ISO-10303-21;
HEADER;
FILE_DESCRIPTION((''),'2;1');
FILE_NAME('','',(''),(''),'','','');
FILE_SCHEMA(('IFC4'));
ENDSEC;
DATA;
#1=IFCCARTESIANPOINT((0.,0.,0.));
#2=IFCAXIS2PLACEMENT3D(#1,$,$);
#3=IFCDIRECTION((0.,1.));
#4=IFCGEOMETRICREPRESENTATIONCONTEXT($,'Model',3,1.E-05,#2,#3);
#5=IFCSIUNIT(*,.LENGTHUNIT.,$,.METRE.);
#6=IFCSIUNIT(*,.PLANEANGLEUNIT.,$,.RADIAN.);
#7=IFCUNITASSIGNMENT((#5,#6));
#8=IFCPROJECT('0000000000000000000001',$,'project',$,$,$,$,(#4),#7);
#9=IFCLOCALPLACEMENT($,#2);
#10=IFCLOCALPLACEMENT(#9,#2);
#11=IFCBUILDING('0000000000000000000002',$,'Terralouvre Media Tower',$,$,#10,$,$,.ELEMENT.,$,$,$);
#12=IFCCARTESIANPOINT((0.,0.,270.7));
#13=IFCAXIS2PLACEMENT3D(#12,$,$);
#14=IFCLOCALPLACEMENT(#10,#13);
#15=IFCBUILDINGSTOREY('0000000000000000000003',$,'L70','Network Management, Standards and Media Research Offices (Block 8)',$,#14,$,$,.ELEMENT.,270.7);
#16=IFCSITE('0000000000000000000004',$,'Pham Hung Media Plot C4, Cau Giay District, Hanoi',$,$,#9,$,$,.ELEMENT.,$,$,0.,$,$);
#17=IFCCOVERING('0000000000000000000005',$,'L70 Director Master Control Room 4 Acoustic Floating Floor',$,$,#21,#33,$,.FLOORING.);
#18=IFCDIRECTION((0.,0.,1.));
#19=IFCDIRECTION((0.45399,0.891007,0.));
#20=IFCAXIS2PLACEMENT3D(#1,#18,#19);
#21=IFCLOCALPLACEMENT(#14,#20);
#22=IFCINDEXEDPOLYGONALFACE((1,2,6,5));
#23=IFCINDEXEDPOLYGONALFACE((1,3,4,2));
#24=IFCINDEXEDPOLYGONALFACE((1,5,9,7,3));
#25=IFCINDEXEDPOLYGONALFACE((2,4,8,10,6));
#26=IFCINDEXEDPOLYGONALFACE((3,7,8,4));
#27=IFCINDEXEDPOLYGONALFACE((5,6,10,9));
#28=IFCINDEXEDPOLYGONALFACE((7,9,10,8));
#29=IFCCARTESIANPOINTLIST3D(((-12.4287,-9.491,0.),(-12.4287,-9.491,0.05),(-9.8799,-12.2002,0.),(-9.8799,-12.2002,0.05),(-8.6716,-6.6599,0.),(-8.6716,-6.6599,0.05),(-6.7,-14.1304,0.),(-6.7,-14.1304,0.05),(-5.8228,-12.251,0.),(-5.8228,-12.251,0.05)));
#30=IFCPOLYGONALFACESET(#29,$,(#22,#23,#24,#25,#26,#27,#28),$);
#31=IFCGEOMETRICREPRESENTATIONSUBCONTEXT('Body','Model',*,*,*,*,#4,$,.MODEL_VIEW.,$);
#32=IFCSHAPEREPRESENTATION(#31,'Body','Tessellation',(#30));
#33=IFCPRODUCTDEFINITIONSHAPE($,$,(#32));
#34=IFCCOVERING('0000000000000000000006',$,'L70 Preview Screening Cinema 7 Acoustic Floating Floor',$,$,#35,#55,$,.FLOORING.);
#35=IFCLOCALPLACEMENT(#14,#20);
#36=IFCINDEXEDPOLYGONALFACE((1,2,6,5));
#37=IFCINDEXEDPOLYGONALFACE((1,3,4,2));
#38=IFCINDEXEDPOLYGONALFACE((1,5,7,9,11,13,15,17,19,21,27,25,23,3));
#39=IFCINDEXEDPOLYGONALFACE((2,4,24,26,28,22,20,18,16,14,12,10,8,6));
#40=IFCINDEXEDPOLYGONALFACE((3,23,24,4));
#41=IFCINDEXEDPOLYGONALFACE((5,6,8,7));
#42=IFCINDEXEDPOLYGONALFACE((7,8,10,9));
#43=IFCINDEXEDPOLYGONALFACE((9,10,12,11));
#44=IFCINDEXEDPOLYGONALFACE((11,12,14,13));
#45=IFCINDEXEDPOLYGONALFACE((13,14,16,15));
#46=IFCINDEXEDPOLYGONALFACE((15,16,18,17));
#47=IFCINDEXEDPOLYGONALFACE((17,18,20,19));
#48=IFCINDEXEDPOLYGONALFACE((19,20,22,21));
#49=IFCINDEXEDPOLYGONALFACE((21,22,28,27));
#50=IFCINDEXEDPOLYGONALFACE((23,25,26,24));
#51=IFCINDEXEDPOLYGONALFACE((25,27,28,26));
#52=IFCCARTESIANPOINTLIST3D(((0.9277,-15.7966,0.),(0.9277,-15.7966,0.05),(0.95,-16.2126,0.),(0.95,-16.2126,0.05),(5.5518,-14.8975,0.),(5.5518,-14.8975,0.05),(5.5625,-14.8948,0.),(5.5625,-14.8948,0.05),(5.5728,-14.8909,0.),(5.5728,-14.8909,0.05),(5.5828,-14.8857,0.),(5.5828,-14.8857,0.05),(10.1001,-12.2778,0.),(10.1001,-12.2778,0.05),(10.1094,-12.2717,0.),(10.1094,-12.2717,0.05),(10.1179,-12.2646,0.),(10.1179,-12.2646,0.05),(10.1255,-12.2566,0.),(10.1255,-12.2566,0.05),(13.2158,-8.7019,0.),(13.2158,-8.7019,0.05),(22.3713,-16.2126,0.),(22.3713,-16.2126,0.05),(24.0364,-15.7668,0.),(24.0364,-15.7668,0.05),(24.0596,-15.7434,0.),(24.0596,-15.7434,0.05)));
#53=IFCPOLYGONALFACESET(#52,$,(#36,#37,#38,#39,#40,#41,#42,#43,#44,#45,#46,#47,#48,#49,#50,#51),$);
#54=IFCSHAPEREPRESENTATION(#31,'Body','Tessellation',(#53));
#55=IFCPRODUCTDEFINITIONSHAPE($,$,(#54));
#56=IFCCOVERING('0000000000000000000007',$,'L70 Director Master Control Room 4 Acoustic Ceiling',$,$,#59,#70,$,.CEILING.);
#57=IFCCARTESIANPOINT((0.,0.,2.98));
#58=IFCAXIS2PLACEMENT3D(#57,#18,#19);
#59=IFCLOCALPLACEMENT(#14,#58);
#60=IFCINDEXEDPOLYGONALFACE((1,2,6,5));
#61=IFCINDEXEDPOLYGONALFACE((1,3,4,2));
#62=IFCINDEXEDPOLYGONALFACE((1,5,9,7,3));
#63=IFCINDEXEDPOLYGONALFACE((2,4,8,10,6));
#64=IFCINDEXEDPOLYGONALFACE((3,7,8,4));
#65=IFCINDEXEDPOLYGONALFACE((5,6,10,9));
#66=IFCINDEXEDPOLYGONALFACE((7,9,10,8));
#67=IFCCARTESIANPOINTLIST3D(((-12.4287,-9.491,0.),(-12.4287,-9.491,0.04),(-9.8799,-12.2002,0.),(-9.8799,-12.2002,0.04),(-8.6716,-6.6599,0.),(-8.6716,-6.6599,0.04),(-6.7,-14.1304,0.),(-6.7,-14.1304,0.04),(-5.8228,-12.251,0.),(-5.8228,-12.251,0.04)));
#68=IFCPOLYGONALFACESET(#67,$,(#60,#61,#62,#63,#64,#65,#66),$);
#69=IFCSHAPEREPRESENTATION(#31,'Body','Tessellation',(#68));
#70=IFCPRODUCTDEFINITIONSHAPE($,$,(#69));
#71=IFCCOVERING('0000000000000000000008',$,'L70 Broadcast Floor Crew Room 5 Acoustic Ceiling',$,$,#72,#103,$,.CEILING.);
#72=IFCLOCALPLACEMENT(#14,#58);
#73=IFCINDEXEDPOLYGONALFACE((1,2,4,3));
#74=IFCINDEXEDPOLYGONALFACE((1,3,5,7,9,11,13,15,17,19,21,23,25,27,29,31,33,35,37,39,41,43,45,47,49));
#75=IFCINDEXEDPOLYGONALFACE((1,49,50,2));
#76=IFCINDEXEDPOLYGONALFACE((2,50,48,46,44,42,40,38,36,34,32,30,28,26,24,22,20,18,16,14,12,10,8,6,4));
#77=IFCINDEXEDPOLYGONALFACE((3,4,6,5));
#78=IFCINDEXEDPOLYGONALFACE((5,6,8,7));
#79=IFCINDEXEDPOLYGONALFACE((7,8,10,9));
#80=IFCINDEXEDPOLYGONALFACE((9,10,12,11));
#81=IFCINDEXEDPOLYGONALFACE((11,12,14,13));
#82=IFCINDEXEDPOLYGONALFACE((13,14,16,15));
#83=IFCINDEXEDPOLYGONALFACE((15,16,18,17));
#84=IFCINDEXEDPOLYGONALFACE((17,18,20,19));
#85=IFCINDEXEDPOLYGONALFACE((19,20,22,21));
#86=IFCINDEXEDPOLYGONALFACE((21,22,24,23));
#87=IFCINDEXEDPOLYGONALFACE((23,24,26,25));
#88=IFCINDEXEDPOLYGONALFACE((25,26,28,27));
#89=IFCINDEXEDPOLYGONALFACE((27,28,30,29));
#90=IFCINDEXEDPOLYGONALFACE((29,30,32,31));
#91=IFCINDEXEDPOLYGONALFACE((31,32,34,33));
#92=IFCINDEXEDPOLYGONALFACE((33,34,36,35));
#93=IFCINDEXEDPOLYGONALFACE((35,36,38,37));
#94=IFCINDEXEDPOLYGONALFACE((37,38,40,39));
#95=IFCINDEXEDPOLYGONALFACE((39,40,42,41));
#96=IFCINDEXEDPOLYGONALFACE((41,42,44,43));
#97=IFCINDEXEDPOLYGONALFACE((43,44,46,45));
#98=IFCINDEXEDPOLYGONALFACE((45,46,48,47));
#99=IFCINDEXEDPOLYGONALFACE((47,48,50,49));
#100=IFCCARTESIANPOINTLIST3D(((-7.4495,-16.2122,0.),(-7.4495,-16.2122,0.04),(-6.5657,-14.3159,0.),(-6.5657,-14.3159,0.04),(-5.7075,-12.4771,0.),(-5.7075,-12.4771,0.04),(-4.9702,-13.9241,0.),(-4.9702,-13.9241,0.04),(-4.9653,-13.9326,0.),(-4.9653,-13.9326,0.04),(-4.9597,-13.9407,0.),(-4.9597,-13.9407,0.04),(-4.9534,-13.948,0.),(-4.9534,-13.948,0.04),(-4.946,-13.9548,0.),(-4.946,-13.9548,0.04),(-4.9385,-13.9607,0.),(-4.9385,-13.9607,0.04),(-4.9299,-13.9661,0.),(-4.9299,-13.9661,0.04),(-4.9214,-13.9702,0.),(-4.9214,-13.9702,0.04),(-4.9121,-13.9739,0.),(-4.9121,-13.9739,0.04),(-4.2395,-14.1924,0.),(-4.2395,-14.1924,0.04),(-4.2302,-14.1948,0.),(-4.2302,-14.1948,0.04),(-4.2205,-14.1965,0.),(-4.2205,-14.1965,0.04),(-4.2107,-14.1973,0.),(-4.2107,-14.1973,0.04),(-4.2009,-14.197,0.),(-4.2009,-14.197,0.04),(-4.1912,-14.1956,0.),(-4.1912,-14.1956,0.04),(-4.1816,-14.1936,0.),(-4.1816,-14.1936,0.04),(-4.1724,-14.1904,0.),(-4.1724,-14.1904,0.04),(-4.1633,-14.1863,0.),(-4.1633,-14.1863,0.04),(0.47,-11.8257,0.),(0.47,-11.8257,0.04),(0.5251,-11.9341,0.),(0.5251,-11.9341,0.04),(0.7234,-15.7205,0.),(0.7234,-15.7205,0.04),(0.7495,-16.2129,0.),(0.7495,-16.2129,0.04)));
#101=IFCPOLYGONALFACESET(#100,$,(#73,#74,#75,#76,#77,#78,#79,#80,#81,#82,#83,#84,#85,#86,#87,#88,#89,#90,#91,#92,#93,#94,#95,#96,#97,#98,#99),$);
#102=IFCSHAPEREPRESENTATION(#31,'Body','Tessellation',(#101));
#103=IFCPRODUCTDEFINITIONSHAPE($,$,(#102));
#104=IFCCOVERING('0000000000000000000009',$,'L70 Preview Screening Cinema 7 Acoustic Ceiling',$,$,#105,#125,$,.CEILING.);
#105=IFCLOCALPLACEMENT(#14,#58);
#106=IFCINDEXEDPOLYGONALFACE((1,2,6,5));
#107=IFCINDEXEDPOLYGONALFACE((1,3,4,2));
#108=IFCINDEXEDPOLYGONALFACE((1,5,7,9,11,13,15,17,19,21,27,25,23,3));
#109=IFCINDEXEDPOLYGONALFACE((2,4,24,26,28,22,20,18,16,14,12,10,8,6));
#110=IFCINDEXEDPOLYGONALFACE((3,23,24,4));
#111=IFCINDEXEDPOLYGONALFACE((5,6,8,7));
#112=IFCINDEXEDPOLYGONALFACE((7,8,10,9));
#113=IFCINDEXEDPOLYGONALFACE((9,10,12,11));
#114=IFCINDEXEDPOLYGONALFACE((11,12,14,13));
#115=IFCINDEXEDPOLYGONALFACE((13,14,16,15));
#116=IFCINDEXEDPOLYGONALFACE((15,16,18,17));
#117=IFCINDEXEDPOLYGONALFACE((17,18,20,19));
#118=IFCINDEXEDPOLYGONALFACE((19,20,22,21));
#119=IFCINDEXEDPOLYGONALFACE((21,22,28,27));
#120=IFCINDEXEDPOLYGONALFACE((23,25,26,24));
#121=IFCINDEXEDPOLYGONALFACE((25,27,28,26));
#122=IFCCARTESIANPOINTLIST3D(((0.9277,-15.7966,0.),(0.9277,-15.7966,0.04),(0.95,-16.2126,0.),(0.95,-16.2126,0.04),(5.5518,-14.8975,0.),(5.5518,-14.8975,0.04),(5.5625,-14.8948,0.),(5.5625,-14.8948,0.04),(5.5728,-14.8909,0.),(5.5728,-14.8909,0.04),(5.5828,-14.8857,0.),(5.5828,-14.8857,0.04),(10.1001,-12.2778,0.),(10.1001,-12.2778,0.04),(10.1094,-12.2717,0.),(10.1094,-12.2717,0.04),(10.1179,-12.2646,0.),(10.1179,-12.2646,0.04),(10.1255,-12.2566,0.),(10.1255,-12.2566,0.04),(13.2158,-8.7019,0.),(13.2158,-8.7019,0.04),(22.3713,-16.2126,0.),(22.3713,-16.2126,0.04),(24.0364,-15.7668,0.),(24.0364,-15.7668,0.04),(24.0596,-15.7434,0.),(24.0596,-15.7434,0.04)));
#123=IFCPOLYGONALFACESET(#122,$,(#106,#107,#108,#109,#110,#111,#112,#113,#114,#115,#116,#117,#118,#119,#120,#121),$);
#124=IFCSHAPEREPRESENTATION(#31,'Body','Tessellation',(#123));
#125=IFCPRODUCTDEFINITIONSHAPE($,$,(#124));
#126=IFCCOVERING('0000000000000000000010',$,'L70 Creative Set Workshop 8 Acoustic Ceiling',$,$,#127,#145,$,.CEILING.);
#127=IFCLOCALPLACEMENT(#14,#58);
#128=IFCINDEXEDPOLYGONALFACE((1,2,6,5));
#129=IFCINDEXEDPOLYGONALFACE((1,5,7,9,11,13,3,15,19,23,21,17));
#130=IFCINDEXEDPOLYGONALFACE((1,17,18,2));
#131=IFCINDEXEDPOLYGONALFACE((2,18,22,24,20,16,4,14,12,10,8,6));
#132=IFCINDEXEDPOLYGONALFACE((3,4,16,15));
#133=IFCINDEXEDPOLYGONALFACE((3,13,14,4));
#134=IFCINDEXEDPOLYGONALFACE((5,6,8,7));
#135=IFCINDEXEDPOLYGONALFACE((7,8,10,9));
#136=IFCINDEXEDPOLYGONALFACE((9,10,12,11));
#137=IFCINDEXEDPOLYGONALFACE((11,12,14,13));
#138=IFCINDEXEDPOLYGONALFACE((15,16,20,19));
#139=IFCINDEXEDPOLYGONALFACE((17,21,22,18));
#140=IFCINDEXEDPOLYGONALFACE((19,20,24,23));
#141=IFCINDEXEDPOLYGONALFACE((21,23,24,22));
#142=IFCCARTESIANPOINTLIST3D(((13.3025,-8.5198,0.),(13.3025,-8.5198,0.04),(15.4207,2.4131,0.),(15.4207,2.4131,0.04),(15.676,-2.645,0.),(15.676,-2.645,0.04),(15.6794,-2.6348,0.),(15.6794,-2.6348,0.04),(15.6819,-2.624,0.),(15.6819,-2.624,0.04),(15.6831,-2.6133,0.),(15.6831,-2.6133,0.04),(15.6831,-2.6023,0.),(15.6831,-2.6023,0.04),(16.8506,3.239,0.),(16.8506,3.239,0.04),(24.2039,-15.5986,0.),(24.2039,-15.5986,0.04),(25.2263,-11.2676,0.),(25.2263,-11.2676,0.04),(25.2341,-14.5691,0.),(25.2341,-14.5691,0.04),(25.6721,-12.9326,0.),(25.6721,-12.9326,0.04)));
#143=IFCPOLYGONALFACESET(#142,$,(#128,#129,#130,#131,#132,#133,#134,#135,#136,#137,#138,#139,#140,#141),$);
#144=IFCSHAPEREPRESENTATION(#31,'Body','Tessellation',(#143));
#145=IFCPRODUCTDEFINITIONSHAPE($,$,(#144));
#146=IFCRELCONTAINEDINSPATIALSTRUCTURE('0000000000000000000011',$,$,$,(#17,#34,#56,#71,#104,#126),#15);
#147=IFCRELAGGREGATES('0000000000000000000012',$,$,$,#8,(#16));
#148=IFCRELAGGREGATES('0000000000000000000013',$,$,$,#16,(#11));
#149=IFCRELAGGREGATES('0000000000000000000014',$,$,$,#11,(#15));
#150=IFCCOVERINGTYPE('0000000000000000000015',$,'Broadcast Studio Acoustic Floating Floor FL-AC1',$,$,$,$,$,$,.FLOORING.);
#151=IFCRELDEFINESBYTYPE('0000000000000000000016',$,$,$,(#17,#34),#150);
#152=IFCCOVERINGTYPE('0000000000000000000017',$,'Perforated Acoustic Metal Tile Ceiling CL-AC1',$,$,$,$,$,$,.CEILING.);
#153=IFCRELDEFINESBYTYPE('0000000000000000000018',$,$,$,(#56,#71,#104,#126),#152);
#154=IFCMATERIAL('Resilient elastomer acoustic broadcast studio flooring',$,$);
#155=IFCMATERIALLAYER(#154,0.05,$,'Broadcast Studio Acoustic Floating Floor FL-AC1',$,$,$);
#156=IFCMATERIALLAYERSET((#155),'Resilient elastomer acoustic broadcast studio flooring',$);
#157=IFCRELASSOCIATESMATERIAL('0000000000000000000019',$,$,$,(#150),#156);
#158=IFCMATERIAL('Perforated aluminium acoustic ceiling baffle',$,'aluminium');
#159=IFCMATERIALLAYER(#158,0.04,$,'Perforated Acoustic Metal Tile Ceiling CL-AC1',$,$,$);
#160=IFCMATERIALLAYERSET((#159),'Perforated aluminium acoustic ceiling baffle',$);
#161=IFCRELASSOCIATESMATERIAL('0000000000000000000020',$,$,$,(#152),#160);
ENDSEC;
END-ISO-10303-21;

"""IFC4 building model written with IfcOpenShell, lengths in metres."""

from ifc_helpers import new_model, si_unit, direction, frame, origin, place, context, subcontext, project, spatial, polyline, outline, extrude, material, layer, layer_set, type_object, element, save


model = new_model("IFC4")

# Units and contexts
model_context = context("Model", 3, precision=1e-05, world=origin(), true_north=direction((0.0, 1.0)))
body_context = subcontext(model_context, "Body", "Model", "MODEL_VIEW")
ifc_project = project(units=[si_unit("LENGTHUNIT", "METRE"), si_unit("PLANEANGLEUNIT", "RADIAN")], contexts=[model_context])

# Site, building, storey
site_placement = place(None, origin())
site = spatial("IfcSite", under=ifc_project, at=site_placement, Name="Pham Hung Media Plot C4, Cau Giay District, Hanoi", CompositionType="ELEMENT", RefElevation=0.0)
building_placement = place(site_placement, origin())
building = spatial("IfcBuilding", under=site, at=building_placement, Name="Terralouvre Media Tower", CompositionType="ELEMENT")
storey_placement = place(building_placement, frame((0.0, 0.0, 270.7)))
storey = spatial("IfcBuildingStorey", under=building, at=storey_placement, Name="L70", Description="Network Management, Standards and Media Research Offices (Block 8)", CompositionType="ELEMENT", Elevation=270.7)

# Coverings
ifc_material_1 = material(Name="Resilient elastomer acoustic broadcast studio flooring")
ifc_layer_1 = layer(ifc_material_1, 0.05, Name="Broadcast Studio Acoustic Floating Floor FL-AC1")
ifc_layer_set_1 = layer_set([ifc_layer_1], Name="Resilient elastomer acoustic broadcast studio flooring")
covering_type_1 = type_object("IfcCoveringType", Name="Broadcast Studio Acoustic Floating Floor FL-AC1", PredefinedType="FLOORING", material=ifc_layer_set_1)
covering_1_placement = place(storey_placement, frame((0.0, 0.0, 0.0), z_axis=(0.0, 0.0, 1.0), x_axis=(0.45399, 0.891007, 0.0)))
element("IfcCovering", 1, at=covering_1_placement, inside=storey, type_object=covering_type_1, Name="L70 Director Master Control Room 4 Acoustic Floating Floor", PredefinedType="FLOORING", context=body_context, shape_type="SweptSolid", body=[
    extrude(outline(polyline([(-9.8799, -12.2002), (-6.7, -14.1304), (-5.8228, -12.251), (-8.6716, -6.6599), (-12.4287, -9.491), (-9.8799, -12.2002)])), origin(), (0.0, 0.0, 1.0), 0.05),
])
covering_2_placement = place(storey_placement, frame((0.0, 0.0, 0.0), z_axis=(0.0, 0.0, 1.0), x_axis=(0.45399, 0.891007, 0.0)))
element("IfcCovering", 2, at=covering_2_placement, inside=storey, type_object=covering_type_1, Name="L70 Preview Screening Cinema 7 Acoustic Floating Floor", PredefinedType="FLOORING", context=body_context, shape_type="SweptSolid", body=[
    extrude(outline(polyline([(10.1255, -12.2566), (10.1179, -12.2646), (10.1094, -12.2717), (10.1001, -12.2778), (5.5828, -14.8857), (5.5728, -14.8909), (5.5625, -14.8948), (5.5518, -14.8975), (0.9277, -15.7966), (0.95, -16.2126), (22.3713, -16.2126), (24.0364, -15.7668), (24.0596, -15.7434), (13.2158, -8.7019), (10.1255, -12.2566)])), origin(), (0.0, 0.0, 1.0), 0.05),
])
ifc_material_2 = material(Name="Perforated aluminium acoustic ceiling baffle", Category="aluminium")
ifc_layer_2 = layer(ifc_material_2, 0.04, Name="Perforated Acoustic Metal Tile Ceiling CL-AC1")
ifc_layer_set_2 = layer_set([ifc_layer_2], Name="Perforated aluminium acoustic ceiling baffle")
covering_type_2 = type_object("IfcCoveringType", Name="Perforated Acoustic Metal Tile Ceiling CL-AC1", PredefinedType="CEILING", material=ifc_layer_set_2)
covering_3_placement = place(storey_placement, frame((0.0, 0.0, 2.98), z_axis=(0.0, 0.0, 1.0), x_axis=(0.45399, 0.891007, 0.0)))
element("IfcCovering", 3, at=covering_3_placement, inside=storey, type_object=covering_type_2, Name="L70 Director Master Control Room 4 Acoustic Ceiling", PredefinedType="CEILING", context=body_context, shape_type="SweptSolid", body=[
    extrude(outline(polyline([(-9.8799, -12.2002), (-6.7, -14.1304), (-5.8228, -12.251), (-8.6716, -6.6599), (-12.4287, -9.491), (-9.8799, -12.2002)])), origin(), (0.0, 0.0, 1.0), 0.04),
])
covering_4_placement = place(storey_placement, frame((0.0, 0.0, 2.98), z_axis=(0.0, 0.0, 1.0), x_axis=(0.45399, 0.891007, 0.0)))
element("IfcCovering", 4, at=covering_4_placement, inside=storey, type_object=covering_type_2, Name="L70 Broadcast Floor Crew Room 5 Acoustic Ceiling", PredefinedType="CEILING", context=body_context, shape_type="SweptSolid", body=[
    extrude(outline(polyline([(0.5251, -11.9341), (0.47, -11.8257), (-4.1633, -14.1863), (-4.1724, -14.1904), (-4.1816, -14.1936), (-4.1912, -14.1956), (-4.2009, -14.197), (-4.2107, -14.1973), (-4.2205, -14.1965), (-4.2302, -14.1948), (-4.2395, -14.1924), (-4.9121, -13.9739), (-4.9214, -13.9702), (-4.9299, -13.9661), (-4.9385, -13.9607), (-4.946, -13.9548), (-4.9534, -13.948), (-4.9597, -13.9407), (-4.9653, -13.9326), (-4.9702, -13.9241), (-5.7075, -12.4771), (-6.5657, -14.3159), (-7.4495, -16.2122), (0.7495, -16.2129), (0.7234, -15.7205), (0.5251, -11.9341)])), origin(), (0.0, 0.0, 1.0), 0.04),
])
covering_5_placement = place(storey_placement, frame((0.0, 0.0, 2.98), z_axis=(0.0, 0.0, 1.0), x_axis=(0.45399, 0.891007, 0.0)))
element("IfcCovering", 5, at=covering_5_placement, inside=storey, type_object=covering_type_2, Name="L70 Preview Screening Cinema 7 Acoustic Ceiling", PredefinedType="CEILING", context=body_context, shape_type="SweptSolid", body=[
    extrude(outline(polyline([(10.1255, -12.2566), (10.1179, -12.2646), (10.1094, -12.2717), (10.1001, -12.2778), (5.5828, -14.8857), (5.5728, -14.8909), (5.5625, -14.8948), (5.5518, -14.8975), (0.9277, -15.7966), (0.95, -16.2126), (22.3713, -16.2126), (24.0364, -15.7668), (24.0596, -15.7434), (13.2158, -8.7019), (10.1255, -12.2566)])), origin(), (0.0, 0.0, 1.0), 0.04),
])
covering_6_placement = place(storey_placement, frame((0.0, 0.0, 2.98), z_axis=(0.0, 0.0, 1.0), x_axis=(0.45399, 0.891007, 0.0)))
element("IfcCovering", 6, at=covering_6_placement, inside=storey, type_object=covering_type_2, Name="L70 Creative Set Workshop 8 Acoustic Ceiling", PredefinedType="CEILING", context=body_context, shape_type="SweptSolid", body=[
    extrude(outline(polyline([(24.2039, -15.5986), (25.2341, -14.5691), (25.6721, -12.9326), (25.2263, -11.2676), (16.8506, 3.239), (15.4207, 2.4131), (15.6831, -2.6023), (15.6831, -2.6133), (15.6819, -2.624), (15.6794, -2.6348), (15.676, -2.645), (13.3025, -8.5198), (24.2039, -15.5986)])), origin(), (0.0, 0.0, 1.0), 0.04),
])

save(model, "model.ifc")
